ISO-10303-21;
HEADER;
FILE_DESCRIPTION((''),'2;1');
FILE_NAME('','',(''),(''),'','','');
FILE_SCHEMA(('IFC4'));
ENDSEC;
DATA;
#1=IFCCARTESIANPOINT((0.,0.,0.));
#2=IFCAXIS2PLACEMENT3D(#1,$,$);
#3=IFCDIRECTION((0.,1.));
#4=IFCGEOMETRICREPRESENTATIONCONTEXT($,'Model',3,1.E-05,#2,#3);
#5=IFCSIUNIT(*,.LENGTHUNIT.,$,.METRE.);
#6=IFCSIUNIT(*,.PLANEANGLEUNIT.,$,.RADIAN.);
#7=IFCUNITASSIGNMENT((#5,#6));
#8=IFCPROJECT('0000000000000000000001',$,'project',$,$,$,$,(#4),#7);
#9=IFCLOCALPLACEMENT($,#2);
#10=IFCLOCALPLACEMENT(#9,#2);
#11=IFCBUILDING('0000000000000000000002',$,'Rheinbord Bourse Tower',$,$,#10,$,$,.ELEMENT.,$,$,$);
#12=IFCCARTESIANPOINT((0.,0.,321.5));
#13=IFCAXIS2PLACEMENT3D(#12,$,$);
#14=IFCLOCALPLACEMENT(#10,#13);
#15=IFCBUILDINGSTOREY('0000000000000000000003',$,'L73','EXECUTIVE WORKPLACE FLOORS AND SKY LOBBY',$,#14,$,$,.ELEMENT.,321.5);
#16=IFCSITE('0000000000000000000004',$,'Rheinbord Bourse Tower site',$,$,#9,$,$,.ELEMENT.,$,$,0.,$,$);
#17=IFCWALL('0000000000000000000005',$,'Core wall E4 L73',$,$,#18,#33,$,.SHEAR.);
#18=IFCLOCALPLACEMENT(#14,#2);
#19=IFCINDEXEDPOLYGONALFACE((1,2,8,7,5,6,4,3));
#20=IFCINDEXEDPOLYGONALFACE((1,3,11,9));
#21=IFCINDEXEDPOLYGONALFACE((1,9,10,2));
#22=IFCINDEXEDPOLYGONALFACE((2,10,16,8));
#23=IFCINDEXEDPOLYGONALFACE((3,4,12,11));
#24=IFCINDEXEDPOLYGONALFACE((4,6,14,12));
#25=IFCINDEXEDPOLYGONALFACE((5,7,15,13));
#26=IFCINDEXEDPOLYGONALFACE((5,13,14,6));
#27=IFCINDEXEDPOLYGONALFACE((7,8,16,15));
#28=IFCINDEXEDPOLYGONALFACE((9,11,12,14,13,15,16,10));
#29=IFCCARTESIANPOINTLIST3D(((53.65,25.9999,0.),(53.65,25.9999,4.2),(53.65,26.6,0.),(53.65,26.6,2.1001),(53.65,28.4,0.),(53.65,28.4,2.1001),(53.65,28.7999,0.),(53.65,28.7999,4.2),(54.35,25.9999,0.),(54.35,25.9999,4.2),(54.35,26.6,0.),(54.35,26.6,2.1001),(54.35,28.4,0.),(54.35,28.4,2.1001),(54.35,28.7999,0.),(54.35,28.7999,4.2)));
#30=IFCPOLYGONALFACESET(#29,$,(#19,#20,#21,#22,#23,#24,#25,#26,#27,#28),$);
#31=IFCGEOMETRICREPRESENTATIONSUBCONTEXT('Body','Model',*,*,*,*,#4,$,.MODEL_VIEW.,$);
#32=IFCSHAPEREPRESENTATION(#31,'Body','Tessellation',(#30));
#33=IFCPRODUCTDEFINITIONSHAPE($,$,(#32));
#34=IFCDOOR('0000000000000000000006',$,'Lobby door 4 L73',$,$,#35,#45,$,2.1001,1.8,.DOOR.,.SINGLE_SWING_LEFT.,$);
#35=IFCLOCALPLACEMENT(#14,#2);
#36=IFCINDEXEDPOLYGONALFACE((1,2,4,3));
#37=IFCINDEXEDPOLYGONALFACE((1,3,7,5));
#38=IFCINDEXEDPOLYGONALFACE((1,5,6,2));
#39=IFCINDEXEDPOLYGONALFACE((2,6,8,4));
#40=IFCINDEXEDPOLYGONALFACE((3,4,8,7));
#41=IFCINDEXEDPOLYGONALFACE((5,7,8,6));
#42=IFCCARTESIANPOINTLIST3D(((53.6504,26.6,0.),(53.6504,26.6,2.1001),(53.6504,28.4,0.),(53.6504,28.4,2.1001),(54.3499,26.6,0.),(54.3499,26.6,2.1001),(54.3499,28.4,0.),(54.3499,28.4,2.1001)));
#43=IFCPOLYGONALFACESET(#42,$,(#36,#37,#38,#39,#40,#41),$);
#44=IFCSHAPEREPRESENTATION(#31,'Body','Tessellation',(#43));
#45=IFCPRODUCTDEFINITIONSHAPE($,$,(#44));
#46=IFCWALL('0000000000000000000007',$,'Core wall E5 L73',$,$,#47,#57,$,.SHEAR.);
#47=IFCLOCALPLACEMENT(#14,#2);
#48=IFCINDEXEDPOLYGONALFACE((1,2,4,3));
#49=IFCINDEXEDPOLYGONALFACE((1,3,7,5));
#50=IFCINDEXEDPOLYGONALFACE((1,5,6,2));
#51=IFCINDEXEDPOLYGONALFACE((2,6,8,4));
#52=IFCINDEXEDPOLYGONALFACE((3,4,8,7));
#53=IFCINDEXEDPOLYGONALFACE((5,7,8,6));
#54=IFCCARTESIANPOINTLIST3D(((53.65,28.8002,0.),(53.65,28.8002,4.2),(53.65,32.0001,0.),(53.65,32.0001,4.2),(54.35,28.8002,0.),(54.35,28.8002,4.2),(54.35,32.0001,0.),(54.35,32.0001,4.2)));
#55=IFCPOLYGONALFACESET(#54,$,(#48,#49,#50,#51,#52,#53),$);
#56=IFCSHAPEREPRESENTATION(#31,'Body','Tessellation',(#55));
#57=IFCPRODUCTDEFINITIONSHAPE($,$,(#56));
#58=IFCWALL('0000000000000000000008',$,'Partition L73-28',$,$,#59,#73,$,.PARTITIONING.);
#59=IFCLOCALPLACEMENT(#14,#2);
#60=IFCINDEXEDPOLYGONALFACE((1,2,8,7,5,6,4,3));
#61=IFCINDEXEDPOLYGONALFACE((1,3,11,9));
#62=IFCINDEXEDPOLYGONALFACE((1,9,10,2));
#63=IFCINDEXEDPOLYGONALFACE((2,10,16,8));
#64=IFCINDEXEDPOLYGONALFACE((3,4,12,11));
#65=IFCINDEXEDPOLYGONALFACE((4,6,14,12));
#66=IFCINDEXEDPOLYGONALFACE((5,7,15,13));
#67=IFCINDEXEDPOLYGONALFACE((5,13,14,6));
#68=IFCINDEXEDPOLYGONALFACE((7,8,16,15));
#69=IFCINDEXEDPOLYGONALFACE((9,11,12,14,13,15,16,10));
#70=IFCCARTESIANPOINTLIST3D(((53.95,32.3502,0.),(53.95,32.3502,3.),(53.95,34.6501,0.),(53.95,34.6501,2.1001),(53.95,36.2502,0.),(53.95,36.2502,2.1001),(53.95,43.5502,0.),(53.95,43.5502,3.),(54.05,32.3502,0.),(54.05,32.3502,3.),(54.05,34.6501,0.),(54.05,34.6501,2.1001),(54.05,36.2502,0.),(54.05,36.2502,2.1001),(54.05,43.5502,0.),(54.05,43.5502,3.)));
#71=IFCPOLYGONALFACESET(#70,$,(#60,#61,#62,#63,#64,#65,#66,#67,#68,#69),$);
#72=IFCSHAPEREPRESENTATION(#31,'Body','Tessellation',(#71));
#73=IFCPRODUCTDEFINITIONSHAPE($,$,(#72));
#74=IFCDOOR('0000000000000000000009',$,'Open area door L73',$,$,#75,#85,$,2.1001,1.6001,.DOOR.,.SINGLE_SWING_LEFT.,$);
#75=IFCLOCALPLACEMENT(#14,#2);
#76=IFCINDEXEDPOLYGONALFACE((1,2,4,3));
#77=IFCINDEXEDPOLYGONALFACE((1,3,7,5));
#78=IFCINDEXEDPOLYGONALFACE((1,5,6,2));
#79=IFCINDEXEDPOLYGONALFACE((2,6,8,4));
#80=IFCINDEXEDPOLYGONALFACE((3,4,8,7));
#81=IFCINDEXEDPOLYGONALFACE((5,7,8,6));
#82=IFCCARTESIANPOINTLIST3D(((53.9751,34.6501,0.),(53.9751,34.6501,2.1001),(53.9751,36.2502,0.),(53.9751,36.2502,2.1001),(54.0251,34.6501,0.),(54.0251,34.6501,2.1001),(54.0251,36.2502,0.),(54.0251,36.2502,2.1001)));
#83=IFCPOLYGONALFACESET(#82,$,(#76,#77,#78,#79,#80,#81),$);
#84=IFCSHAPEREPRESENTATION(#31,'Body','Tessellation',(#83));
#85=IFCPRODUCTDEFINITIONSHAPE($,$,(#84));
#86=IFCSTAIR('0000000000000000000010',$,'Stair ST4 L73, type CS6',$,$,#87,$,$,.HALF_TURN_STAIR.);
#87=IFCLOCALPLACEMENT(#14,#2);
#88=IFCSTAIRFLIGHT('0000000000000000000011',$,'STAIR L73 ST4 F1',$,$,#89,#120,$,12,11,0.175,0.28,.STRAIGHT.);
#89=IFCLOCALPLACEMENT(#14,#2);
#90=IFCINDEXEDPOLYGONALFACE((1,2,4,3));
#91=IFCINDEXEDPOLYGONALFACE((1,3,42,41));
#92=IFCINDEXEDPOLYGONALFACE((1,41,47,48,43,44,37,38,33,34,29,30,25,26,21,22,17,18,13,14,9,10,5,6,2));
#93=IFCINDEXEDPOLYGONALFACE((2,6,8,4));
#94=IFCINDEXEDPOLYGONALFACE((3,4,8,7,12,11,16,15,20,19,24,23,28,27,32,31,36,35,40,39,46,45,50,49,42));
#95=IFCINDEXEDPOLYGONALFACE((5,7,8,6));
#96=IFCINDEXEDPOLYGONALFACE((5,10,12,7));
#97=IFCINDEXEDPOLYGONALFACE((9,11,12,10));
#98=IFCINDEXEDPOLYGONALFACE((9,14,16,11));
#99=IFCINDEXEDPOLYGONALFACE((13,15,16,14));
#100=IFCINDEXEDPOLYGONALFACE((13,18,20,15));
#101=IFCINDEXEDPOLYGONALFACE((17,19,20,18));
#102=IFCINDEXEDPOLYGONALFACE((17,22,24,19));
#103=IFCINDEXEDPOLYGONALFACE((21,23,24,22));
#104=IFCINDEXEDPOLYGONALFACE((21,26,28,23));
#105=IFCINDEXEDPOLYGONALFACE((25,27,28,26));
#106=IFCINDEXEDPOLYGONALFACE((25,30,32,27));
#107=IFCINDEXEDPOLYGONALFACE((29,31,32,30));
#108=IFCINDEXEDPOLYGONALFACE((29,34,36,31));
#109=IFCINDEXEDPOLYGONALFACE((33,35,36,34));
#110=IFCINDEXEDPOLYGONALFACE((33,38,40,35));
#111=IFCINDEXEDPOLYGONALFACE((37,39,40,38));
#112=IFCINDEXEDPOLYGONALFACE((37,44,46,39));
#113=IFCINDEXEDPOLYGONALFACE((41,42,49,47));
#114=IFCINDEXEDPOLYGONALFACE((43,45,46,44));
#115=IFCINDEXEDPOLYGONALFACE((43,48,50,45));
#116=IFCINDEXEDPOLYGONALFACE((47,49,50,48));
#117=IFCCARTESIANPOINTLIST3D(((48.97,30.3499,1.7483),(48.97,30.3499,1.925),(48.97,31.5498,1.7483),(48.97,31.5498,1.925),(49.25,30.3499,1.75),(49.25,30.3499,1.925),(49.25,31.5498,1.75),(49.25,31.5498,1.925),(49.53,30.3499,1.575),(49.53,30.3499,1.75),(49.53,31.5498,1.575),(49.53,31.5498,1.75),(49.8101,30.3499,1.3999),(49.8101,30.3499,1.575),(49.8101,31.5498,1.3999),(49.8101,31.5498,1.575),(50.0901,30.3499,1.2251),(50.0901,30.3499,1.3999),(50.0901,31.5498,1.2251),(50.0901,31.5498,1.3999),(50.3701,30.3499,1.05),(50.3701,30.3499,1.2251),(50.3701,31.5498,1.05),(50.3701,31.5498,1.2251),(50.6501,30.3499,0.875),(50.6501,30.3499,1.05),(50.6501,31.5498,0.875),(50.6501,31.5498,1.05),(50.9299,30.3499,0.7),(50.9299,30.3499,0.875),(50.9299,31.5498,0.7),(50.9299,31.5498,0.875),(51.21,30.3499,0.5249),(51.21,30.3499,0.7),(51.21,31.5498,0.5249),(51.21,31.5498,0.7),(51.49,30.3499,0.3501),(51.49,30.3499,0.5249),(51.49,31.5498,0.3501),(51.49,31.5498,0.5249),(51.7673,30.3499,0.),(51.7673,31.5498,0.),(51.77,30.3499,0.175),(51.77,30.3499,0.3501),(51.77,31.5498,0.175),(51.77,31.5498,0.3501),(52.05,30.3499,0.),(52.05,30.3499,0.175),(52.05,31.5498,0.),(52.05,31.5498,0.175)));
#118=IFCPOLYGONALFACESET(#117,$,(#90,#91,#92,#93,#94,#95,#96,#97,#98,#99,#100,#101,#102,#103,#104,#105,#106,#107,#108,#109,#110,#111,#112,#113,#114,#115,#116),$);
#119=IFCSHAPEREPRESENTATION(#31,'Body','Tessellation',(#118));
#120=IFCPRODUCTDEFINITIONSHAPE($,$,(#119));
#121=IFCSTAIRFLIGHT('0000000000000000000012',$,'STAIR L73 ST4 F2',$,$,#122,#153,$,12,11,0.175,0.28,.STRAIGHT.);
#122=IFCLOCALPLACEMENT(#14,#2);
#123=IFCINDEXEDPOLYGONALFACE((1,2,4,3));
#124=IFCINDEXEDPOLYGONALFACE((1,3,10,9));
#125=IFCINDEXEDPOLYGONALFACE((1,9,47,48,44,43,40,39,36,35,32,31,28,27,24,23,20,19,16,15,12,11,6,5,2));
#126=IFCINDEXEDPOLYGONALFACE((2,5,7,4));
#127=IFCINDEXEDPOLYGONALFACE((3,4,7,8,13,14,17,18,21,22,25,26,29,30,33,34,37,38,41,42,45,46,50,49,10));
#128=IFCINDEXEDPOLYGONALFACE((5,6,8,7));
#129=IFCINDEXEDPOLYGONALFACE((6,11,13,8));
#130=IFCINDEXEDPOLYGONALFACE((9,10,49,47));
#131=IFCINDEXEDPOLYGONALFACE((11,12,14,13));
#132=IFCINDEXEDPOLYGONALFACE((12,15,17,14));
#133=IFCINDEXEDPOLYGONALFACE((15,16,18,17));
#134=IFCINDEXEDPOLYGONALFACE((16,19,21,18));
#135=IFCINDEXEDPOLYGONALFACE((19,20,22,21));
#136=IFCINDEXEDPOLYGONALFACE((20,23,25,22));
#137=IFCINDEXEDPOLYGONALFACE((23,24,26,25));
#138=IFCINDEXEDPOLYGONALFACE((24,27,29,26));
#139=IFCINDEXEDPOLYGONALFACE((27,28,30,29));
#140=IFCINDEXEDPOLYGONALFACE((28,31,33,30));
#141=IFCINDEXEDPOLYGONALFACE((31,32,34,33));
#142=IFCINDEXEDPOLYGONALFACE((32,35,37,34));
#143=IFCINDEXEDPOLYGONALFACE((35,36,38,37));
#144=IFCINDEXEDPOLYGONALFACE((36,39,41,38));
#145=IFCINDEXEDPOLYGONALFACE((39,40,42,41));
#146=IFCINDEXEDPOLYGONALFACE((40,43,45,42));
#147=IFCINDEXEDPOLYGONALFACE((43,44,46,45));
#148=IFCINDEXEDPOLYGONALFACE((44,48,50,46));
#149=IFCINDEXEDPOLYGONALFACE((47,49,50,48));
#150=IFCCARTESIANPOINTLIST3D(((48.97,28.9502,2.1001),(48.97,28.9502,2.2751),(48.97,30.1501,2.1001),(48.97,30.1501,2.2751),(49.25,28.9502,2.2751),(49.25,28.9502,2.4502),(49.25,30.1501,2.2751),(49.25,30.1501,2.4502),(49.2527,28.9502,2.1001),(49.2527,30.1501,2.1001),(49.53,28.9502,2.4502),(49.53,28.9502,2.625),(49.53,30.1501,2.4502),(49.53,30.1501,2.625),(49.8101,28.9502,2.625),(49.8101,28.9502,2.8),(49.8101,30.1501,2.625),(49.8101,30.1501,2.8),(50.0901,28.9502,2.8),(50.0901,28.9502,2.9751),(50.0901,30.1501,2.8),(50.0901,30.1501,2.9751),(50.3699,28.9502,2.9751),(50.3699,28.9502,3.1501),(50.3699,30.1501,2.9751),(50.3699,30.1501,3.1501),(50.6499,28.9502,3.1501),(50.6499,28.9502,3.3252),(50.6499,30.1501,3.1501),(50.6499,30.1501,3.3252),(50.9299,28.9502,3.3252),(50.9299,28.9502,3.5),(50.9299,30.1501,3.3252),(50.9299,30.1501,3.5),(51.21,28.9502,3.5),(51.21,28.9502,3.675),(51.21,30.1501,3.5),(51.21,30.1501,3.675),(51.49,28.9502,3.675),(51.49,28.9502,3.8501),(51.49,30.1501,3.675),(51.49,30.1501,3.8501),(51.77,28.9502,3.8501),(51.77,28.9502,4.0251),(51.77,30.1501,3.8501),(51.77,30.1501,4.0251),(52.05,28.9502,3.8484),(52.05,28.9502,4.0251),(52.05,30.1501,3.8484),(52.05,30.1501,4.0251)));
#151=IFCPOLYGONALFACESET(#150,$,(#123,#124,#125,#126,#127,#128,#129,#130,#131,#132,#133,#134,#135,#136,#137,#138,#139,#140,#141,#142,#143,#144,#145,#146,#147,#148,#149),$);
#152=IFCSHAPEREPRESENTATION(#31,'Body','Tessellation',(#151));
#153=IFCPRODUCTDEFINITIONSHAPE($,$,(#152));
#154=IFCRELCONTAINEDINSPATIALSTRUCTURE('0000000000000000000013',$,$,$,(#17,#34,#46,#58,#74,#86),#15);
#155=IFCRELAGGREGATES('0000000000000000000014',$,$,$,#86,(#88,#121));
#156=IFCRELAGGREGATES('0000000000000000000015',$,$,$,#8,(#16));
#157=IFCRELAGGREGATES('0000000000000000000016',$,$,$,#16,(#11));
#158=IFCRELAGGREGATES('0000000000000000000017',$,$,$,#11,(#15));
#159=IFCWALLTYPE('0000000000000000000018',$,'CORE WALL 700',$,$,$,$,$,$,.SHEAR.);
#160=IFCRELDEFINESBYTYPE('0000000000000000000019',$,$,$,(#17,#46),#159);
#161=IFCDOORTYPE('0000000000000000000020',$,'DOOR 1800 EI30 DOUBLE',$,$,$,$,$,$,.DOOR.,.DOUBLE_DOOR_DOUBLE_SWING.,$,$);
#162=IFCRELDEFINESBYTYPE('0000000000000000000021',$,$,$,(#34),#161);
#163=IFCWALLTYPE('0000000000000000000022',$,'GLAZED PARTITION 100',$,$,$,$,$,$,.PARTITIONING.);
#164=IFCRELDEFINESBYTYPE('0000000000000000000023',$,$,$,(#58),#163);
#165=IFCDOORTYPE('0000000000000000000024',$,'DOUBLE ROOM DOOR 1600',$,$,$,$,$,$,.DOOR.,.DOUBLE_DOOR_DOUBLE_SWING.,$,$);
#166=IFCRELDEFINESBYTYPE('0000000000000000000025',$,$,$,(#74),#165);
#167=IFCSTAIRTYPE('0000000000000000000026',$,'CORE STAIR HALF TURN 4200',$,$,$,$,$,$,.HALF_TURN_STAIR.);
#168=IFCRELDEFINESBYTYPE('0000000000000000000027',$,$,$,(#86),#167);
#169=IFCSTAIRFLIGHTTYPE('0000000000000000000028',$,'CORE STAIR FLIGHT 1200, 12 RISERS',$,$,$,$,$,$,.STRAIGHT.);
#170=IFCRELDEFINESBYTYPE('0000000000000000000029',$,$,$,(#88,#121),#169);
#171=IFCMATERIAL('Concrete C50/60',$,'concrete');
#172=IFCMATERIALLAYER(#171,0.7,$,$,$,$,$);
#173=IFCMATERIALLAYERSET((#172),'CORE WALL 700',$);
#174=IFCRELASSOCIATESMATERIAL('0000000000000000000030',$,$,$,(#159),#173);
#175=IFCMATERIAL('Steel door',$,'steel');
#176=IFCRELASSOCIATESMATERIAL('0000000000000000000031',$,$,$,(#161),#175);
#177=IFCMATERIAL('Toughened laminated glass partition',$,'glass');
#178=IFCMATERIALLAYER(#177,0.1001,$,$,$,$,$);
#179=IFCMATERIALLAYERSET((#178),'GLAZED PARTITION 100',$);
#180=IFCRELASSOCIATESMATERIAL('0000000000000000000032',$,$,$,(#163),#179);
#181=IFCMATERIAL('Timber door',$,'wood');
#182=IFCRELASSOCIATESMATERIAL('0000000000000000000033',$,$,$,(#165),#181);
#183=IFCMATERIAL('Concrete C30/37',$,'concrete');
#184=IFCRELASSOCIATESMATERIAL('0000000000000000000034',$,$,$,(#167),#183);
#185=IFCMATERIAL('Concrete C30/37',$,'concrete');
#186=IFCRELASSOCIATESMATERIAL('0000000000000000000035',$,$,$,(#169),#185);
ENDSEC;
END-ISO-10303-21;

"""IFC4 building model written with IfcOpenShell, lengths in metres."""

from ifc_helpers import new_model, si_unit, direction, frame, frame_2d, origin, place, context, subcontext, project, spatial, polyline, rectangle, outline, extrude, material, layer, layer_set, type_object, element, fill, aggregate, save


model = new_model("IFC4")

# Units and contexts
model_context = context("Model", 3, precision=1e-05, world=origin(), true_north=direction((0.0, 1.0)))
body_context = subcontext(model_context, "Body", "Model", "MODEL_VIEW")
ifc_project = project(units=[si_unit("LENGTHUNIT", "METRE"), si_unit("PLANEANGLEUNIT", "RADIAN")], contexts=[model_context])

# Site, building, storey
site_placement = place(None, origin())
site = spatial("IfcSite", under=ifc_project, at=site_placement, Name="Rheinbord Bourse Tower site", CompositionType="ELEMENT", RefElevation=0.0)
building_placement = place(site_placement, origin())
building = spatial("IfcBuilding", under=site, at=building_placement, Name="Rheinbord Bourse Tower", CompositionType="ELEMENT")
storey_placement = place(building_placement, frame((0.0, 0.0, 321.5)))
storey = spatial("IfcBuildingStorey", under=building, at=storey_placement, Name="L73", Description="EXECUTIVE WORKPLACE FLOORS AND SKY LOBBY", CompositionType="ELEMENT", Elevation=321.5)

# Shared definitions
ifc_material_1 = material(Name="Concrete C50/60", Category="concrete")
ifc_layer_1 = layer(ifc_material_1, 0.7)
ifc_layer_set_1 = layer_set([ifc_layer_1], Name="CORE WALL 700")
wall_type_1 = type_object("IfcWallType", Name="CORE WALL 700", PredefinedType="SHEAR", material=ifc_layer_set_1)

# Wall, opening, door
wall_1_placement = place(storey_placement, frame((54.0, 26.0, 0.0), z_axis=(0.0, 0.0, 1.0), x_axis=(0.0, 1.0, 0.0)))
wall_1 = element("IfcWall", 1, at=wall_1_placement, inside=storey, type_object=wall_type_1, Name="Core wall E4 L73", PredefinedType="SHEAR", context=body_context, shape_type="SweptSolid", body=[
    extrude(rectangle(XDim=2.8, YDim=0.7, at=frame_2d((1.3999, 0.0))), origin(), (0.0, 0.0, 1.0), 4.2),
])
opening_1_placement = place(wall_1_placement, frame((0.6001, 0.0, 0.0)))
opening_1 = element("IfcOpeningElement", 2, at=opening_1_placement, cuts=wall_1, PredefinedType="OPENING", context=body_context, shape_type="SweptSolid", body=[
    extrude(rectangle(XDim=1.8, YDim=2.1001, at=frame_2d((0.8999, 1.05))), frame((0.0, 0.3599, 0.0), z_axis=(0.0, -1.0, 0.0), x_axis=(1.0, 0.0, 0.0)), (0.0, 0.0, 1.0), 0.72),
])
ifc_material_2 = material(Name="Steel door", Category="steel")
door_type_1 = type_object("IfcDoorType", Name="DOOR 1800 EI30 DOUBLE", OperationType="DOUBLE_DOOR_DOUBLE_SWING", PredefinedType="DOOR", material=ifc_material_2)
door_1_placement = place(opening_1_placement, origin())
door_1 = element("IfcDoor", 3, at=door_1_placement, inside=storey, type_object=door_type_1, Name="Lobby door 4 L73", OperationType="SINGLE_SWING_LEFT", OverallHeight=2.1001, OverallWidth=1.8, PredefinedType="DOOR", context=body_context, shape_type="SweptSolid", body=[
    extrude(rectangle(XDim=1.8, YDim=2.1001, at=frame_2d((0.8999, 1.05))), frame((0.0, 0.3496, 0.0), z_axis=(0.0, -1.0, 0.0), x_axis=(1.0, 0.0, 0.0)), (0.0, 0.0, 1.0), 0.6995),
])
fill(opening_1, door_1)

# Wall
wall_2_placement = place(storey_placement, frame((54.0, 28.8, 0.0), z_axis=(0.0, 0.0, 1.0), x_axis=(0.0, 1.0, 0.0)))
element("IfcWall", 4, at=wall_2_placement, inside=storey, type_object=wall_type_1, Name="Core wall E5 L73", PredefinedType="SHEAR", context=body_context, shape_type="SweptSolid", body=[
    extrude(rectangle(XDim=3.2, YDim=0.7, at=frame_2d((1.6001, 0.0))), origin(), (0.0, 0.0, 1.0), 4.2),
])

# Wall, opening, door
ifc_material_3 = material(Name="Toughened laminated glass partition", Category="glass")
ifc_layer_2 = layer(ifc_material_3, 0.1001)
ifc_layer_set_2 = layer_set([ifc_layer_2], Name="GLAZED PARTITION 100")
wall_type_2 = type_object("IfcWallType", Name="GLAZED PARTITION 100", PredefinedType="PARTITIONING", material=ifc_layer_set_2)
wall_3_placement = place(storey_placement, frame((54.0, 32.3501, 0.0), z_axis=(0.0, 0.0, 1.0), x_axis=(0.0, 1.0, 0.0)))
wall_3 = element("IfcWall", 5, at=wall_3_placement, inside=storey, type_object=wall_type_2, Name="Partition L73-28", PredefinedType="PARTITIONING", context=body_context, shape_type="SweptSolid", body=[
    extrude(rectangle(XDim=11.2, YDim=0.1001, at=frame_2d((5.6001, 0.0))), origin(), (0.0, 0.0, 1.0), 3.0),
])
opening_2_placement = place(wall_3_placement, frame((2.3, 0.0, 0.0)))
opening_2 = element("IfcOpeningElement", 6, at=opening_2_placement, cuts=wall_3, PredefinedType="OPENING", context=body_context, shape_type="SweptSolid", body=[
    extrude(rectangle(XDim=1.6001, YDim=2.1001, at=frame_2d((0.8, 1.05))), frame((0.0, 0.0601, 0.0), z_axis=(0.0, -1.0, 0.0), x_axis=(1.0, 0.0, 0.0)), (0.0, 0.0, 1.0), 0.1201),
])
ifc_material_4 = material(Name="Timber door", Category="wood")
door_type_2 = type_object("IfcDoorType", Name="DOUBLE ROOM DOOR 1600", OperationType="DOUBLE_DOOR_DOUBLE_SWING", PredefinedType="DOOR", material=ifc_material_4)
door_2_placement = place(opening_2_placement, origin())
door_2 = element("IfcDoor", 7, at=door_2_placement, inside=storey, type_object=door_type_2, Name="Open area door L73", OperationType="SINGLE_SWING_LEFT", OverallHeight=2.1001, OverallWidth=1.6001, PredefinedType="DOOR", context=body_context, shape_type="SweptSolid", body=[
    extrude(rectangle(XDim=1.6001, YDim=2.1001, at=frame_2d((0.8, 1.05))), frame((0.0, 0.0249, 0.0), z_axis=(0.0, -1.0, 0.0), x_axis=(1.0, 0.0, 0.0)), (0.0, 0.0, 1.0), 0.05),
])
fill(opening_2, door_2)

# Stair, stair flights
ifc_material_5 = material(Name="Concrete C30/37", Category="concrete")
stair_type = type_object("IfcStairType", Name="CORE STAIR HALF TURN 4200", PredefinedType="HALF_TURN_STAIR", material=ifc_material_5)
stair_placement = place(storey_placement, origin())
stair = element("IfcStair", 8, at=stair_placement, inside=storey, type_object=stair_type, Name="Stair ST4 L73, type CS6", PredefinedType="HALF_TURN_STAIR")
ifc_material_6 = material(Name="Concrete C30/37", Category="concrete")
stair_flight_type = type_object("IfcStairFlightType", Name="CORE STAIR FLIGHT 1200, 12 RISERS", PredefinedType="STRAIGHT", material=ifc_material_6)
stair_flight_1_placement = place(storey_placement, frame((52.05, 30.95, 0.0), z_axis=(0.0, 0.0, 1.0), x_axis=(-1.0, 0.0, 0.0)))
stair_flight_1 = element("IfcStairFlight", 9, at=stair_flight_1_placement, type_object=stair_flight_type, Name="STAIR L73 ST4 F1", NumberOfRisers=12, NumberOfTreads=11, PredefinedType="STRAIGHT", RiserHeight=0.175, TreadLength=0.28, context=body_context, shape_type="SweptSolid", body=[
    extrude(outline(polyline([(0.0, 0.0), (0.0, 0.175), (0.28, 0.175), (0.28, 0.3501), (0.5601, 0.3501), (0.5601, 0.5249), (0.8401, 0.5249), (0.8401, 0.7), (1.1201, 0.7), (1.1201, 0.875), (1.3999, 0.875), (1.3999, 1.05), (1.6799, 1.05), (1.6799, 1.2251), (1.96, 1.2251), (1.96, 1.3999), (2.24, 1.3999), (2.24, 1.575), (2.52, 1.575), (2.52, 1.75), (2.8, 1.75), (2.8, 1.925), (3.0801, 1.925), (3.0801, 2.1001), (3.0801, 1.7483), (0.2827, 0.0), (0.0, 0.0)])), frame((0.0, 0.6001, 0.0), z_axis=(0.0, -1.0, 0.0), x_axis=(1.0, 0.0, 0.0)), (0.0, 0.0, 1.0), 1.2),
])
stair_flight_2_placement = place(storey_placement, frame((48.97, 29.55, 2.1001), z_axis=(0.0, 0.0, 1.0), x_axis=(1.0, 0.0, 0.0)))
stair_flight_2 = element("IfcStairFlight", 10, at=stair_flight_2_placement, type_object=stair_flight_type, Name="STAIR L73 ST4 F2", NumberOfRisers=12, NumberOfTreads=11, PredefinedType="STRAIGHT", RiserHeight=0.175, TreadLength=0.28, context=body_context, shape_type="SweptSolid", body=[
    extrude(outline(polyline([(0.0, 0.0), (0.0, 0.175), (0.28, 0.175), (0.28, 0.3501), (0.5601, 0.3501), (0.5601, 0.5249), (0.8401, 0.5249), (0.8401, 0.7), (1.1201, 0.7), (1.1201, 0.875), (1.3999, 0.875), (1.3999, 1.05), (1.6799, 1.05), (1.6799, 1.2251), (1.96, 1.2251), (1.96, 1.3999), (2.24, 1.3999), (2.24, 1.575), (2.52, 1.575), (2.52, 1.75), (2.8, 1.75), (2.8, 1.925), (3.0801, 1.925), (3.0801, 2.1001), (3.0801, 1.7483), (0.2827, 0.0), (0.0, 0.0)])), frame((0.0, 0.6001, 0.0), z_axis=(0.0, -1.0, 0.0), x_axis=(1.0, 0.0, 0.0)), (0.0, 0.0, 1.0), 1.2),
])
aggregate(stair, [stair_flight_1, stair_flight_2])

save(model, "model.ifc")
